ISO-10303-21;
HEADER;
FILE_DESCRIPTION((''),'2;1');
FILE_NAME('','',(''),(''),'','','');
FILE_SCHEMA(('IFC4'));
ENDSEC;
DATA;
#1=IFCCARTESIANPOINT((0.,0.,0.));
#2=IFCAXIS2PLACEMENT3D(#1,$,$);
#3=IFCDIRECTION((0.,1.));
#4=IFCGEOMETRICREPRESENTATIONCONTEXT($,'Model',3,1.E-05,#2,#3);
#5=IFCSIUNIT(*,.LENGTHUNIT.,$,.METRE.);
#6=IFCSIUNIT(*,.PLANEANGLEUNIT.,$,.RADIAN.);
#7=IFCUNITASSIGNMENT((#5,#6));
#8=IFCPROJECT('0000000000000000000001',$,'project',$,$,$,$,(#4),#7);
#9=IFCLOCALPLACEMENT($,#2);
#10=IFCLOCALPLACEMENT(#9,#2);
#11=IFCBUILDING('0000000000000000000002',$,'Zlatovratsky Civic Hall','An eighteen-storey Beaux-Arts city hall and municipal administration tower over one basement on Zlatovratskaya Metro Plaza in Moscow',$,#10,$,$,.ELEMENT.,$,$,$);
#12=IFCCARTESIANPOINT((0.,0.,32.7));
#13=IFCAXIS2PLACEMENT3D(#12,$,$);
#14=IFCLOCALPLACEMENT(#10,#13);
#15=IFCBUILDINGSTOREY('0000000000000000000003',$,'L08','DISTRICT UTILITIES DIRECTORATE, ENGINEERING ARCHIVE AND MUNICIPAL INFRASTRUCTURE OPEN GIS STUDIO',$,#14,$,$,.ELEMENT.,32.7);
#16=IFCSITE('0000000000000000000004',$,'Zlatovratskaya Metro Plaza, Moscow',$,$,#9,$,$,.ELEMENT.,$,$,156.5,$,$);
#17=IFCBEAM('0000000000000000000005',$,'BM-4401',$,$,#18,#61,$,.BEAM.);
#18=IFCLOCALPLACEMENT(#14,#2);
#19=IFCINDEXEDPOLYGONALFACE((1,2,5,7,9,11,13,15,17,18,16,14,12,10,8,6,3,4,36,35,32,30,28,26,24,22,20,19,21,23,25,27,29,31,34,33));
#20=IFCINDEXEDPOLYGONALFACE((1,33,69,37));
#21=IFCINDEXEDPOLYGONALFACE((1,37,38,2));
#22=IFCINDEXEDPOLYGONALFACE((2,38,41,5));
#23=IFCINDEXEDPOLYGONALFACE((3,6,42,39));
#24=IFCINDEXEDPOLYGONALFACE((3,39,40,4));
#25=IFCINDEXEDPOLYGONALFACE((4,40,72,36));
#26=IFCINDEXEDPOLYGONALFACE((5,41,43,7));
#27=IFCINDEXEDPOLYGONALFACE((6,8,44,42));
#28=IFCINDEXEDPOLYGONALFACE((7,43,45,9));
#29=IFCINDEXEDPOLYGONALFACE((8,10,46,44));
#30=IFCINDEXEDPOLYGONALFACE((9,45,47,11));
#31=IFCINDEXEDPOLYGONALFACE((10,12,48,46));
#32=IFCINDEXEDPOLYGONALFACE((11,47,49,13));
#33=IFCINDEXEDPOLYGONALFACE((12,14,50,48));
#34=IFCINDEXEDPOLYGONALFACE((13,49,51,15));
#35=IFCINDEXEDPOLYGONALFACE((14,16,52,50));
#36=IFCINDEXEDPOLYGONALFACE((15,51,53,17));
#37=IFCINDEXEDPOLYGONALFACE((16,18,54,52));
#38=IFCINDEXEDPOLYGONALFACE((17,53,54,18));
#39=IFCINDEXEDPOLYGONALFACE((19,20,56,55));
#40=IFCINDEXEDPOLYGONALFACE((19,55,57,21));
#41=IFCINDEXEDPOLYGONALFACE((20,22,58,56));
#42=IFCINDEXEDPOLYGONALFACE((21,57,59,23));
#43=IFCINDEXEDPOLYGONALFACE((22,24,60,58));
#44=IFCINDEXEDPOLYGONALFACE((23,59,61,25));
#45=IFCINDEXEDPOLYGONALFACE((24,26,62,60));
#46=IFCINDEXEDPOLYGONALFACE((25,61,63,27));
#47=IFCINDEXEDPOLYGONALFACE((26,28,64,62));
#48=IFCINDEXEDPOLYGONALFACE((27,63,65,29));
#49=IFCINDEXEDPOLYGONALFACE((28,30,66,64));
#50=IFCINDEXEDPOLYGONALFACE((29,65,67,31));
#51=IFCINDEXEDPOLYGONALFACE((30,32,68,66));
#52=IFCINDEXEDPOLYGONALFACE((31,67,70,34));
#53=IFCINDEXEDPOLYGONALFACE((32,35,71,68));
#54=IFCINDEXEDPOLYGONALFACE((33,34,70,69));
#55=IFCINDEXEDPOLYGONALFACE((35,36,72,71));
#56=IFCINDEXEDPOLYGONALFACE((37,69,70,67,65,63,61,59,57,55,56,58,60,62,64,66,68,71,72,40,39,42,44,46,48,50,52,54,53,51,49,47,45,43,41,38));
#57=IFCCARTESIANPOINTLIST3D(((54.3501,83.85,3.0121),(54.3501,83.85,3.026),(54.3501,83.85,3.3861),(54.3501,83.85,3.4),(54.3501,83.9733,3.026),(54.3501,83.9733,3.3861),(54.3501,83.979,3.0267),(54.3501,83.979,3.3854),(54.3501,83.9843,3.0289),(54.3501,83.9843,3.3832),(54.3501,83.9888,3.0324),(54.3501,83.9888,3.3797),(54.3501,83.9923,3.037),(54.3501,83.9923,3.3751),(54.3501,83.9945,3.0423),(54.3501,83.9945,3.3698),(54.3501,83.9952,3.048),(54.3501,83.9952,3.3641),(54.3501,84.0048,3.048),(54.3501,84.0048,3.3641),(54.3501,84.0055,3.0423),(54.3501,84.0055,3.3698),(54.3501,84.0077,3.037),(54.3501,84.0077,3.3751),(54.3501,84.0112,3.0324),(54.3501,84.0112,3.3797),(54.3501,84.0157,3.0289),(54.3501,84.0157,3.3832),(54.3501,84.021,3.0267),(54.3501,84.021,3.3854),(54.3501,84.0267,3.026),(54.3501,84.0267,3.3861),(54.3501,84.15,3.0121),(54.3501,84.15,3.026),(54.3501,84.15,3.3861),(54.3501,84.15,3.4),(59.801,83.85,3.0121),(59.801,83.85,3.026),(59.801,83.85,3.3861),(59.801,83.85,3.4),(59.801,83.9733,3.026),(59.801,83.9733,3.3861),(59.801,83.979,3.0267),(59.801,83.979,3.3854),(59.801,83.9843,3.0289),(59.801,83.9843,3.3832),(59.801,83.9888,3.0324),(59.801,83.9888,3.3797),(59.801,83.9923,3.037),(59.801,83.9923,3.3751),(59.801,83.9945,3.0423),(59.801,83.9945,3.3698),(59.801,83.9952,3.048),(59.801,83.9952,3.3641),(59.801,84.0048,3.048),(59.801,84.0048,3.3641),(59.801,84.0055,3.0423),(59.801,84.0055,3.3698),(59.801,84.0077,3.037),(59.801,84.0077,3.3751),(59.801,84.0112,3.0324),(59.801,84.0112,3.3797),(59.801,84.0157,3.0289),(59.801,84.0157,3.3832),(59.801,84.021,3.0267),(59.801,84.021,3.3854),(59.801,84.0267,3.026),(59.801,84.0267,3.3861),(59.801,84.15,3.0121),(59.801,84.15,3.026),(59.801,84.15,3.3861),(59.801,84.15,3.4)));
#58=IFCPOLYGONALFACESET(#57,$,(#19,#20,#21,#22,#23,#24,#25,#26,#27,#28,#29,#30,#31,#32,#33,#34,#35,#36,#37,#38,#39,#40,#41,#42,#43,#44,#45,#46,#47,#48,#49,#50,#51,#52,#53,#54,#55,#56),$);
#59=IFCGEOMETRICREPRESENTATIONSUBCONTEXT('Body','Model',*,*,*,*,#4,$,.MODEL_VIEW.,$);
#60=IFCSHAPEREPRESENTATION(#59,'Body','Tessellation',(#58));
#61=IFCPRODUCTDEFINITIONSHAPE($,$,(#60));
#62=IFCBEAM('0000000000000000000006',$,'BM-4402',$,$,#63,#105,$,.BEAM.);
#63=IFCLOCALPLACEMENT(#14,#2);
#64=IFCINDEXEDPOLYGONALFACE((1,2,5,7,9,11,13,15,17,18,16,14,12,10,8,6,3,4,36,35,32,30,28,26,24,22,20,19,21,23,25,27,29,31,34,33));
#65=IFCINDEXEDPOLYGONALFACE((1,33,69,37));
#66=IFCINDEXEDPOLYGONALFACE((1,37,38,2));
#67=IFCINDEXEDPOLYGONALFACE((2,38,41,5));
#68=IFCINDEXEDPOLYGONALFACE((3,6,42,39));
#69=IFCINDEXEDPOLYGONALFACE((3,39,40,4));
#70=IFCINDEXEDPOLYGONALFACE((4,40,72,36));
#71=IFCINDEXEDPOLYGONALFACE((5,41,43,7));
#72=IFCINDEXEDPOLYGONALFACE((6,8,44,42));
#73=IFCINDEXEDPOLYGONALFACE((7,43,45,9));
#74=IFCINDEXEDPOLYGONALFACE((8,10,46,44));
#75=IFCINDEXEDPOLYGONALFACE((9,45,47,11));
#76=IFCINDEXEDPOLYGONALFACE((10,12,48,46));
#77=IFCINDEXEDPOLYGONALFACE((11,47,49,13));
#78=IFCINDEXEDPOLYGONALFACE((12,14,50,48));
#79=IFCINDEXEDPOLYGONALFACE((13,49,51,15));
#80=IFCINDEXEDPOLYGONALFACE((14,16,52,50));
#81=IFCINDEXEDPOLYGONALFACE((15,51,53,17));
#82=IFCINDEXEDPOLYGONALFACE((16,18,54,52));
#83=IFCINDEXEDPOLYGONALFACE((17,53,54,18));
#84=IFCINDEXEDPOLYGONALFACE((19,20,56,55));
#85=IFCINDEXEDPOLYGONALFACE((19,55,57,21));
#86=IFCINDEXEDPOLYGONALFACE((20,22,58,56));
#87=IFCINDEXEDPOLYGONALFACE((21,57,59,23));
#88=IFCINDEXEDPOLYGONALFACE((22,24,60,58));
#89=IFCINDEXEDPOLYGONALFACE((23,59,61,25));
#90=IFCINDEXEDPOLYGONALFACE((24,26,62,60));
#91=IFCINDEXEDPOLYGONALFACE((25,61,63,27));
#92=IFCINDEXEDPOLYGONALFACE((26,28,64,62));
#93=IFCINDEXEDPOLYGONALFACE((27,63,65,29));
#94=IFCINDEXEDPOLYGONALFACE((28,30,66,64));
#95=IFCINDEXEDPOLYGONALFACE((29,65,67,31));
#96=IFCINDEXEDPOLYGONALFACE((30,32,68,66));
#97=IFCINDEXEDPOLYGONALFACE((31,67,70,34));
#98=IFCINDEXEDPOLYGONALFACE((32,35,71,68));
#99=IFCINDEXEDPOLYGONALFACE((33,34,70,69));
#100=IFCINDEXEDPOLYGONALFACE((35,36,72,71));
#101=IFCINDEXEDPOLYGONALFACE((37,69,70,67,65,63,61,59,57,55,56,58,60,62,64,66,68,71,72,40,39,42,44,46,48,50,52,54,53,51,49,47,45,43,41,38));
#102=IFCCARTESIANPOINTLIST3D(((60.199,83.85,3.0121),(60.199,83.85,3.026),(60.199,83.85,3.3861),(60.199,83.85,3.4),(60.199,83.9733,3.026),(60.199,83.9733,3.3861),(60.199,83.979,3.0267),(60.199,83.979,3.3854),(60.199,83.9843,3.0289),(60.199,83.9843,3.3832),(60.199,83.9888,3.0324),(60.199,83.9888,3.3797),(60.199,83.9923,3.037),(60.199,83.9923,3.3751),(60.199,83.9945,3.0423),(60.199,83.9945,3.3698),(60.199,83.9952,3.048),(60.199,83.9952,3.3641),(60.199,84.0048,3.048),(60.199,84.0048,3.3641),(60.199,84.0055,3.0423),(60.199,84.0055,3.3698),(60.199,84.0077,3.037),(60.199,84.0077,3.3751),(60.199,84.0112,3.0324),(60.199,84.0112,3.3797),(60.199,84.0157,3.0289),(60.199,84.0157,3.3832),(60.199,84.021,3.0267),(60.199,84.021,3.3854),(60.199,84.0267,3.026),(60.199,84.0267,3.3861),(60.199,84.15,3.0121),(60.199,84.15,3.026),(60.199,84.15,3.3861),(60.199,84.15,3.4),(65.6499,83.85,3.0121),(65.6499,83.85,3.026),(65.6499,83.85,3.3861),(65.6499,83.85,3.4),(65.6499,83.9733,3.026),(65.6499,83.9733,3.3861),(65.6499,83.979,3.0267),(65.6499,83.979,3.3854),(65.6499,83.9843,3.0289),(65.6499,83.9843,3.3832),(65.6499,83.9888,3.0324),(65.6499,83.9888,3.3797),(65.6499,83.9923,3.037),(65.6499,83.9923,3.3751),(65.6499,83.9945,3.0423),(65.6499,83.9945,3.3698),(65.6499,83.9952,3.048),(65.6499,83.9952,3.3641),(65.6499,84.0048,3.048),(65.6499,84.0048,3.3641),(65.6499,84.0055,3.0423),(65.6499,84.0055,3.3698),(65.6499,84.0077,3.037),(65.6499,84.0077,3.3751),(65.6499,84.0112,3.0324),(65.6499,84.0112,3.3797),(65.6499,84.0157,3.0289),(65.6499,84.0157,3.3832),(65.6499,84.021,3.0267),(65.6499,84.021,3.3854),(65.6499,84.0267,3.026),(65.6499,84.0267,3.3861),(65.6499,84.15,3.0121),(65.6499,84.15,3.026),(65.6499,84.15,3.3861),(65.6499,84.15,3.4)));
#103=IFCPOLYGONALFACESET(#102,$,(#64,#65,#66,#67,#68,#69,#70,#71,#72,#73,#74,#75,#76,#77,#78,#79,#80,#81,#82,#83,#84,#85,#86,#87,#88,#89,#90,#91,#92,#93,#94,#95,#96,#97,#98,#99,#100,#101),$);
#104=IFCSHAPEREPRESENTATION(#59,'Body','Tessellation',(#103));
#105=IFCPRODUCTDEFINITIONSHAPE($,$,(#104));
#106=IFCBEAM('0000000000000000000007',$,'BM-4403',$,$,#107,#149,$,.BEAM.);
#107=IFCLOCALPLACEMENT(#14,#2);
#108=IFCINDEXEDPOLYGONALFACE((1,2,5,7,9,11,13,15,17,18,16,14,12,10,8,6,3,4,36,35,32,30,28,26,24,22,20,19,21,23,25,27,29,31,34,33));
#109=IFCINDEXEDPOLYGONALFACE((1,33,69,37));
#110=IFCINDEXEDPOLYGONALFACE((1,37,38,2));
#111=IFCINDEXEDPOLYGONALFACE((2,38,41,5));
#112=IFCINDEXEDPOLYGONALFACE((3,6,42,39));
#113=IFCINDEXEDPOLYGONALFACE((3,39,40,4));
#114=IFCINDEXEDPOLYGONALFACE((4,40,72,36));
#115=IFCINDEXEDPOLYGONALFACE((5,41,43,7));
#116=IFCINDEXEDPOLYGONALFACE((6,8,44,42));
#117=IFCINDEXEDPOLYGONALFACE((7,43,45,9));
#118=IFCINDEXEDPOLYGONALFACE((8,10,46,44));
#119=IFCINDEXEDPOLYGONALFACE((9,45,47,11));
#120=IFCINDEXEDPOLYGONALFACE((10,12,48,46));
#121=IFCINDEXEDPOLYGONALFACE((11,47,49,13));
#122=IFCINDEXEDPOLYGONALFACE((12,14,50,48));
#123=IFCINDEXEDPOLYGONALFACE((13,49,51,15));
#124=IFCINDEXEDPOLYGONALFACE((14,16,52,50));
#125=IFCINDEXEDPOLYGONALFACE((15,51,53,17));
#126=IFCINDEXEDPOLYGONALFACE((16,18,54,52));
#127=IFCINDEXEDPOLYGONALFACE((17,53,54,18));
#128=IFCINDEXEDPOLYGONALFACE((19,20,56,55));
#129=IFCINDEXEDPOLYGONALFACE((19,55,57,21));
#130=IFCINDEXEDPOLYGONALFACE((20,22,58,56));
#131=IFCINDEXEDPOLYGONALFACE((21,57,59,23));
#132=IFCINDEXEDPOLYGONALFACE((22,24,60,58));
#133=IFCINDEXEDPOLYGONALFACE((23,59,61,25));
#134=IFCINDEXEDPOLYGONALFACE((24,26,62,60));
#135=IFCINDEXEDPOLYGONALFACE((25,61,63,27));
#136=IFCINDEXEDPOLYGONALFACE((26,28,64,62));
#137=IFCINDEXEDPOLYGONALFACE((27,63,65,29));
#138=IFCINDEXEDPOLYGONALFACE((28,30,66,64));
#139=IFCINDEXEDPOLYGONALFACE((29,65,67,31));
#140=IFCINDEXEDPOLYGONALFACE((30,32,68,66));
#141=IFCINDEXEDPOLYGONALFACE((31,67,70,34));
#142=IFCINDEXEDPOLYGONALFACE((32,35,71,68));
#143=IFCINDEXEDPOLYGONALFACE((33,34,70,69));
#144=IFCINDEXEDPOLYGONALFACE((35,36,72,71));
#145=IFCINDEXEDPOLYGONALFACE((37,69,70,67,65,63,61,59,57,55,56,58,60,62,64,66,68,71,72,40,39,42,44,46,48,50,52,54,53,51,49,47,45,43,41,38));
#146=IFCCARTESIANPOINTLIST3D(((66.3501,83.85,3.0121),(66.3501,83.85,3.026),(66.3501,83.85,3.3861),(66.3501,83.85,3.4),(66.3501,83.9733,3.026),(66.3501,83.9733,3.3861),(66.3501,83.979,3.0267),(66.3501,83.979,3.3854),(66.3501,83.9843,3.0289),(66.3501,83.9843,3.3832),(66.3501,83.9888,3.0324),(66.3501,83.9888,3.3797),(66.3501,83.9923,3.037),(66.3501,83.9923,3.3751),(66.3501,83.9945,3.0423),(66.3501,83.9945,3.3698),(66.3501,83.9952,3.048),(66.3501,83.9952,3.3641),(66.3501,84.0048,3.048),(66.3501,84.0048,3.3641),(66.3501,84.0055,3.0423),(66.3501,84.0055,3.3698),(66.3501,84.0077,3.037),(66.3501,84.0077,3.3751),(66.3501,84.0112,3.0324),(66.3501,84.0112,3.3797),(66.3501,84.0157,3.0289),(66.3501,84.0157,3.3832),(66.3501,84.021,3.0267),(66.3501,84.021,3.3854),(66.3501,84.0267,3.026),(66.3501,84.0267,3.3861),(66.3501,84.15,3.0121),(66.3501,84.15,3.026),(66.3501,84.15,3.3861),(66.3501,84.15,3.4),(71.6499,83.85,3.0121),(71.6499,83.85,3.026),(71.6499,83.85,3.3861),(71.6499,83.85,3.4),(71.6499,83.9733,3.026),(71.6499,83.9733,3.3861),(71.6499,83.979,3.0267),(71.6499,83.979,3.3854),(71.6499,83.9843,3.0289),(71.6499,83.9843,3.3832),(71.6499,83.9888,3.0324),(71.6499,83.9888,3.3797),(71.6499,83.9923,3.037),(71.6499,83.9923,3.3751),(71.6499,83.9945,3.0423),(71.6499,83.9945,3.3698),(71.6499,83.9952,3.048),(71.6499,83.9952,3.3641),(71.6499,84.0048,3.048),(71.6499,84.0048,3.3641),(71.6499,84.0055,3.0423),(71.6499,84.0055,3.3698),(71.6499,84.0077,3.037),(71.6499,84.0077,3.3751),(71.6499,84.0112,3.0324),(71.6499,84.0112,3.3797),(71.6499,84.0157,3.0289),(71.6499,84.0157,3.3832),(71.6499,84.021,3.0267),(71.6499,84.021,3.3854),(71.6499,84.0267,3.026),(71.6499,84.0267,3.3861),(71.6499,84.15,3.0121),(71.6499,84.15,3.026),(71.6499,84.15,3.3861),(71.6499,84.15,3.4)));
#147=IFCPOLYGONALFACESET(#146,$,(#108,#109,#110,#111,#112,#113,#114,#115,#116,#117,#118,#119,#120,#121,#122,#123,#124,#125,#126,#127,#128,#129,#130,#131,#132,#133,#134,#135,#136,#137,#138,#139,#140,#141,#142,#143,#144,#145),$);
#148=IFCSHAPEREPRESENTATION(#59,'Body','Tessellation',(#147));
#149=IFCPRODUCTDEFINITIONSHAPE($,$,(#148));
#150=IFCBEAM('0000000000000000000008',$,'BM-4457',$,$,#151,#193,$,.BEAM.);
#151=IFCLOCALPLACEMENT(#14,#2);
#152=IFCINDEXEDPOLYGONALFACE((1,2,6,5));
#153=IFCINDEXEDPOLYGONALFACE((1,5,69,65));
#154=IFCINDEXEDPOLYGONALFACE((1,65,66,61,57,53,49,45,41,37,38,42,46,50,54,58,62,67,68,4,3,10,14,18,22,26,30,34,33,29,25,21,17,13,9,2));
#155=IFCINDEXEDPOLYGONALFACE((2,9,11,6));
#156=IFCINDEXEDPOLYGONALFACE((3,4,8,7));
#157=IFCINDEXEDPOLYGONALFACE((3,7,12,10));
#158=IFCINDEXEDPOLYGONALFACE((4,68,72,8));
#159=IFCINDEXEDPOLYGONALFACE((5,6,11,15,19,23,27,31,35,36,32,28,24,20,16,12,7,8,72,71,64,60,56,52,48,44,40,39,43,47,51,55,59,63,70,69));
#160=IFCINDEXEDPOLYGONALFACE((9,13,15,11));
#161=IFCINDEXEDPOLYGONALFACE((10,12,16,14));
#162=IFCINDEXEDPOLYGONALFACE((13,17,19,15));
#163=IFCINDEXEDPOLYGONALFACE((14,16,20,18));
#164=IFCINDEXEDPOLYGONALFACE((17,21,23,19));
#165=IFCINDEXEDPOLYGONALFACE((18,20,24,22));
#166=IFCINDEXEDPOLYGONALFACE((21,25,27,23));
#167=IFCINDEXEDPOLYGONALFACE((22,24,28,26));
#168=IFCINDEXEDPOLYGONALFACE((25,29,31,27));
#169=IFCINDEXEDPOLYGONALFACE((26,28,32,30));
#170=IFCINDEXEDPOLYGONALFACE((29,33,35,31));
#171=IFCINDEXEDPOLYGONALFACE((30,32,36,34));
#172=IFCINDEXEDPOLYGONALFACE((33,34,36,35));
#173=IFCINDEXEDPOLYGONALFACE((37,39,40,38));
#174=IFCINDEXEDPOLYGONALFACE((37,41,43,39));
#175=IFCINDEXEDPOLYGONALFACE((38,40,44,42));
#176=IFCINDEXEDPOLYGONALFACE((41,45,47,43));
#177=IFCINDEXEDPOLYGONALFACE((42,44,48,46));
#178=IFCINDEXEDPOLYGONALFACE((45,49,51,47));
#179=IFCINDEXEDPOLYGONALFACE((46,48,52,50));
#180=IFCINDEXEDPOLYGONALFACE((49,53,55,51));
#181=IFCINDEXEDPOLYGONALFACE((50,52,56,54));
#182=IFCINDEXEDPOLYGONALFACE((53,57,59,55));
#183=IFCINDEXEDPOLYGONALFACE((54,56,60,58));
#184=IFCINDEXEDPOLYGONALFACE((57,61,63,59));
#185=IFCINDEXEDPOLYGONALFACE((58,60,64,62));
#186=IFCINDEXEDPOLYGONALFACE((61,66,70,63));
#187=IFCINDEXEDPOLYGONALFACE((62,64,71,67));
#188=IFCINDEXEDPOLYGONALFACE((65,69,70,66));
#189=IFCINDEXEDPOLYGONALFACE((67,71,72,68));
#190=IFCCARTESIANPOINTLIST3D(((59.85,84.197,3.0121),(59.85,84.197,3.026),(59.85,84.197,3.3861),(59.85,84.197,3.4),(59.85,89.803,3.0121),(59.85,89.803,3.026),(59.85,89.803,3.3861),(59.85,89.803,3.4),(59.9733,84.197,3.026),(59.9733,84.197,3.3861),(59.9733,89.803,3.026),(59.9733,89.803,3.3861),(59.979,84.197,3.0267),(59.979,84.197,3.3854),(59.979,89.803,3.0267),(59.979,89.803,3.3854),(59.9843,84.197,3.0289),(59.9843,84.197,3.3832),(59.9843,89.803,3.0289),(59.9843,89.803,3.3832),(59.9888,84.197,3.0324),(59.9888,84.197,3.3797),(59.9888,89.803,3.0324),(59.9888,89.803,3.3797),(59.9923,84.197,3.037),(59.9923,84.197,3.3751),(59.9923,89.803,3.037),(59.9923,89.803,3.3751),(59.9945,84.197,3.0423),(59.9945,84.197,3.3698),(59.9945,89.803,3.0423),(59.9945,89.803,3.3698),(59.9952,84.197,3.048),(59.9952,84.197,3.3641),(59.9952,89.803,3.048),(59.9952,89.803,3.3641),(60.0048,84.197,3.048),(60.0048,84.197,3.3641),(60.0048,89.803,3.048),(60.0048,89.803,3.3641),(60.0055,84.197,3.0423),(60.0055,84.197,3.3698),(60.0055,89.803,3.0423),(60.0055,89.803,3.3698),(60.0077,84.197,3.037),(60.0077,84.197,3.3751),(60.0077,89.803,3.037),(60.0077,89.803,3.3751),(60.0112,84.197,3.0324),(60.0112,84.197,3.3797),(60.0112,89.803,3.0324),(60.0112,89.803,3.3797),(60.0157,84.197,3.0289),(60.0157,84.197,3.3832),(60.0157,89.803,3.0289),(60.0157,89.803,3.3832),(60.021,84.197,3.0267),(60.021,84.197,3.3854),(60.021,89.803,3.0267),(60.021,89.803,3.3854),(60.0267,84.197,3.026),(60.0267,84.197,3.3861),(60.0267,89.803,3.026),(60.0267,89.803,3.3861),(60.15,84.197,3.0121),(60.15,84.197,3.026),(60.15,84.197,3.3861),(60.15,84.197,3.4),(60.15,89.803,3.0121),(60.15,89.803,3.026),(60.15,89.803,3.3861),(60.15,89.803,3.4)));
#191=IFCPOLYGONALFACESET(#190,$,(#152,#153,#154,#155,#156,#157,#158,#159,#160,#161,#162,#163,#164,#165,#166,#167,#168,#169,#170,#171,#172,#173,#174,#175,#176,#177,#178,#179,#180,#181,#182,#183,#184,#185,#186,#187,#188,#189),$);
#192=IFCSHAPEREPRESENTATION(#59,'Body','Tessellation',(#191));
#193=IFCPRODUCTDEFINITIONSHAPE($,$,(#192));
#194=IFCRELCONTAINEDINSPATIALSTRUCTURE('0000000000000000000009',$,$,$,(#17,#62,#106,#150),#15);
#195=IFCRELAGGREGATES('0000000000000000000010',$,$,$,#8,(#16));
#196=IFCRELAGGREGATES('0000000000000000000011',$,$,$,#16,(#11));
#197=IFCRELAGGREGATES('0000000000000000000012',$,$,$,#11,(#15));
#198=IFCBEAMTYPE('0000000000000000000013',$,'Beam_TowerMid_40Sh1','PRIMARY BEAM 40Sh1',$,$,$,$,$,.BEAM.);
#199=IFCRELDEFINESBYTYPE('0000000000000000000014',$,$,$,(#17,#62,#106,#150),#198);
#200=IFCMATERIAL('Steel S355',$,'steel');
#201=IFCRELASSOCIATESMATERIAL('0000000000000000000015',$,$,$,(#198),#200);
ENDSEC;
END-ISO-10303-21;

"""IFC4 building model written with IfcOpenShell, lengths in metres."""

from ifc_helpers import new_model, si_unit, direction, frame, origin, origin_2d, place, context, subcontext, project, spatial, i_section, extrude, material, material_profile, profile_set, type_object, element, save


model = new_model("IFC4")

# Units and contexts
model_context = context("Model", 3, precision=1e-05, world=origin(), true_north=direction((0.0, 1.0)))
body_context = subcontext(model_context, "Body", "Model", "MODEL_VIEW")
ifc_project = project(units=[si_unit("LENGTHUNIT", "METRE"), si_unit("PLANEANGLEUNIT", "RADIAN")], contexts=[model_context])

# Site, building, storey
site_placement = place(None, origin())
site = spatial("IfcSite", under=ifc_project, at=site_placement, Name="Zlatovratskaya Metro Plaza, Moscow", CompositionType="ELEMENT", RefElevation=156.5)
building_placement = place(site_placement, origin())
building = spatial("IfcBuilding", under=site, at=building_placement, Name="Zlatovratsky Civic Hall", Description="An eighteen-storey Beaux-Arts city hall and municipal administration tower over one basement on Zlatovratskaya Metro Plaza in Moscow", CompositionType="ELEMENT")
storey_placement = place(building_placement, frame((0.0, 0.0, 32.7)))
storey = spatial("IfcBuildingStorey", under=building, at=storey_placement, Name="L08", Description="DISTRICT UTILITIES DIRECTORATE, ENGINEERING ARCHIVE AND MUNICIPAL INFRASTRUCTURE OPEN GIS STUDIO", CompositionType="ELEMENT", Elevation=32.7)

# Shared definitions
ifc_material_1 = material(Name="Steel S355", Category="steel")

# Beams
ifc_material_profile_1 = material_profile(ifc_material_1, i_section(OverallWidth=0.3, OverallDepth=0.3879, WebThickness=0.0095, FlangeThickness=0.0139, FilletRadius=0.022, at=origin_2d()), Name="40Sh1")
ifc_profile_set_1 = profile_set([ifc_material_profile_1], Name="Steel S355")
beam_type_1 = type_object("IfcBeamType", Name="Beam_TowerMid_40Sh1", Description="PRIMARY BEAM 40Sh1", PredefinedType="BEAM", material=ifc_profile_set_1)
for number, where, z_axis, x_axis, name in (
    (1, (54.3501, 84.0, 3.2061), (1.0, 0.0, 0.0), (0.0, 1.0, 0.0), "BM-4401"),
    (2, (60.199, 84.0, 3.2061), (1.0, 0.0, 0.0), (0.0, 1.0, 0.0), "BM-4402"),
):
    element("IfcBeam", number, at=place(storey_placement, frame(where, z_axis=z_axis, x_axis=x_axis)), inside=storey, type_object=beam_type_1, Name=name, PredefinedType="BEAM", context=body_context, shape_type="SweptSolid", body=[
        extrude(i_section(OverallWidth=0.3, OverallDepth=0.3879, WebThickness=0.0095, FlangeThickness=0.0139, FilletRadius=0.022, at=origin_2d()), origin(), (0.0, 0.0, 1.0), 5.4509),
    ])
beam_1_placement = place(storey_placement, frame((66.3501, 84.0, 3.2061), z_axis=(1.0, 0.0, 0.0), x_axis=(0.0, 1.0, 0.0)))
element("IfcBeam", 3, at=beam_1_placement, inside=storey, type_object=beam_type_1, Name="BM-4403", PredefinedType="BEAM", context=body_context, shape_type="SweptSolid", body=[
    extrude(i_section(OverallWidth=0.3, OverallDepth=0.3879, WebThickness=0.0095, FlangeThickness=0.0139, FilletRadius=0.022, at=origin_2d()), origin(), (0.0, 0.0, 1.0), 5.2998),
])
beam_2_placement = place(storey_placement, frame((60.0, 84.197, 3.2061), z_axis=(0.0, 1.0, 0.0), x_axis=(-1.0, 0.0, 0.0)))
element("IfcBeam", 4, at=beam_2_placement, inside=storey, type_object=beam_type_1, Name="BM-4457", PredefinedType="BEAM", context=body_context, shape_type="SweptSolid", body=[
    extrude(i_section(OverallWidth=0.3, OverallDepth=0.3879, WebThickness=0.0095, FlangeThickness=0.0139, FilletRadius=0.022, at=origin_2d()), origin(), (0.0, 0.0, 1.0), 5.606),
])

save(model, "model.ifc")
